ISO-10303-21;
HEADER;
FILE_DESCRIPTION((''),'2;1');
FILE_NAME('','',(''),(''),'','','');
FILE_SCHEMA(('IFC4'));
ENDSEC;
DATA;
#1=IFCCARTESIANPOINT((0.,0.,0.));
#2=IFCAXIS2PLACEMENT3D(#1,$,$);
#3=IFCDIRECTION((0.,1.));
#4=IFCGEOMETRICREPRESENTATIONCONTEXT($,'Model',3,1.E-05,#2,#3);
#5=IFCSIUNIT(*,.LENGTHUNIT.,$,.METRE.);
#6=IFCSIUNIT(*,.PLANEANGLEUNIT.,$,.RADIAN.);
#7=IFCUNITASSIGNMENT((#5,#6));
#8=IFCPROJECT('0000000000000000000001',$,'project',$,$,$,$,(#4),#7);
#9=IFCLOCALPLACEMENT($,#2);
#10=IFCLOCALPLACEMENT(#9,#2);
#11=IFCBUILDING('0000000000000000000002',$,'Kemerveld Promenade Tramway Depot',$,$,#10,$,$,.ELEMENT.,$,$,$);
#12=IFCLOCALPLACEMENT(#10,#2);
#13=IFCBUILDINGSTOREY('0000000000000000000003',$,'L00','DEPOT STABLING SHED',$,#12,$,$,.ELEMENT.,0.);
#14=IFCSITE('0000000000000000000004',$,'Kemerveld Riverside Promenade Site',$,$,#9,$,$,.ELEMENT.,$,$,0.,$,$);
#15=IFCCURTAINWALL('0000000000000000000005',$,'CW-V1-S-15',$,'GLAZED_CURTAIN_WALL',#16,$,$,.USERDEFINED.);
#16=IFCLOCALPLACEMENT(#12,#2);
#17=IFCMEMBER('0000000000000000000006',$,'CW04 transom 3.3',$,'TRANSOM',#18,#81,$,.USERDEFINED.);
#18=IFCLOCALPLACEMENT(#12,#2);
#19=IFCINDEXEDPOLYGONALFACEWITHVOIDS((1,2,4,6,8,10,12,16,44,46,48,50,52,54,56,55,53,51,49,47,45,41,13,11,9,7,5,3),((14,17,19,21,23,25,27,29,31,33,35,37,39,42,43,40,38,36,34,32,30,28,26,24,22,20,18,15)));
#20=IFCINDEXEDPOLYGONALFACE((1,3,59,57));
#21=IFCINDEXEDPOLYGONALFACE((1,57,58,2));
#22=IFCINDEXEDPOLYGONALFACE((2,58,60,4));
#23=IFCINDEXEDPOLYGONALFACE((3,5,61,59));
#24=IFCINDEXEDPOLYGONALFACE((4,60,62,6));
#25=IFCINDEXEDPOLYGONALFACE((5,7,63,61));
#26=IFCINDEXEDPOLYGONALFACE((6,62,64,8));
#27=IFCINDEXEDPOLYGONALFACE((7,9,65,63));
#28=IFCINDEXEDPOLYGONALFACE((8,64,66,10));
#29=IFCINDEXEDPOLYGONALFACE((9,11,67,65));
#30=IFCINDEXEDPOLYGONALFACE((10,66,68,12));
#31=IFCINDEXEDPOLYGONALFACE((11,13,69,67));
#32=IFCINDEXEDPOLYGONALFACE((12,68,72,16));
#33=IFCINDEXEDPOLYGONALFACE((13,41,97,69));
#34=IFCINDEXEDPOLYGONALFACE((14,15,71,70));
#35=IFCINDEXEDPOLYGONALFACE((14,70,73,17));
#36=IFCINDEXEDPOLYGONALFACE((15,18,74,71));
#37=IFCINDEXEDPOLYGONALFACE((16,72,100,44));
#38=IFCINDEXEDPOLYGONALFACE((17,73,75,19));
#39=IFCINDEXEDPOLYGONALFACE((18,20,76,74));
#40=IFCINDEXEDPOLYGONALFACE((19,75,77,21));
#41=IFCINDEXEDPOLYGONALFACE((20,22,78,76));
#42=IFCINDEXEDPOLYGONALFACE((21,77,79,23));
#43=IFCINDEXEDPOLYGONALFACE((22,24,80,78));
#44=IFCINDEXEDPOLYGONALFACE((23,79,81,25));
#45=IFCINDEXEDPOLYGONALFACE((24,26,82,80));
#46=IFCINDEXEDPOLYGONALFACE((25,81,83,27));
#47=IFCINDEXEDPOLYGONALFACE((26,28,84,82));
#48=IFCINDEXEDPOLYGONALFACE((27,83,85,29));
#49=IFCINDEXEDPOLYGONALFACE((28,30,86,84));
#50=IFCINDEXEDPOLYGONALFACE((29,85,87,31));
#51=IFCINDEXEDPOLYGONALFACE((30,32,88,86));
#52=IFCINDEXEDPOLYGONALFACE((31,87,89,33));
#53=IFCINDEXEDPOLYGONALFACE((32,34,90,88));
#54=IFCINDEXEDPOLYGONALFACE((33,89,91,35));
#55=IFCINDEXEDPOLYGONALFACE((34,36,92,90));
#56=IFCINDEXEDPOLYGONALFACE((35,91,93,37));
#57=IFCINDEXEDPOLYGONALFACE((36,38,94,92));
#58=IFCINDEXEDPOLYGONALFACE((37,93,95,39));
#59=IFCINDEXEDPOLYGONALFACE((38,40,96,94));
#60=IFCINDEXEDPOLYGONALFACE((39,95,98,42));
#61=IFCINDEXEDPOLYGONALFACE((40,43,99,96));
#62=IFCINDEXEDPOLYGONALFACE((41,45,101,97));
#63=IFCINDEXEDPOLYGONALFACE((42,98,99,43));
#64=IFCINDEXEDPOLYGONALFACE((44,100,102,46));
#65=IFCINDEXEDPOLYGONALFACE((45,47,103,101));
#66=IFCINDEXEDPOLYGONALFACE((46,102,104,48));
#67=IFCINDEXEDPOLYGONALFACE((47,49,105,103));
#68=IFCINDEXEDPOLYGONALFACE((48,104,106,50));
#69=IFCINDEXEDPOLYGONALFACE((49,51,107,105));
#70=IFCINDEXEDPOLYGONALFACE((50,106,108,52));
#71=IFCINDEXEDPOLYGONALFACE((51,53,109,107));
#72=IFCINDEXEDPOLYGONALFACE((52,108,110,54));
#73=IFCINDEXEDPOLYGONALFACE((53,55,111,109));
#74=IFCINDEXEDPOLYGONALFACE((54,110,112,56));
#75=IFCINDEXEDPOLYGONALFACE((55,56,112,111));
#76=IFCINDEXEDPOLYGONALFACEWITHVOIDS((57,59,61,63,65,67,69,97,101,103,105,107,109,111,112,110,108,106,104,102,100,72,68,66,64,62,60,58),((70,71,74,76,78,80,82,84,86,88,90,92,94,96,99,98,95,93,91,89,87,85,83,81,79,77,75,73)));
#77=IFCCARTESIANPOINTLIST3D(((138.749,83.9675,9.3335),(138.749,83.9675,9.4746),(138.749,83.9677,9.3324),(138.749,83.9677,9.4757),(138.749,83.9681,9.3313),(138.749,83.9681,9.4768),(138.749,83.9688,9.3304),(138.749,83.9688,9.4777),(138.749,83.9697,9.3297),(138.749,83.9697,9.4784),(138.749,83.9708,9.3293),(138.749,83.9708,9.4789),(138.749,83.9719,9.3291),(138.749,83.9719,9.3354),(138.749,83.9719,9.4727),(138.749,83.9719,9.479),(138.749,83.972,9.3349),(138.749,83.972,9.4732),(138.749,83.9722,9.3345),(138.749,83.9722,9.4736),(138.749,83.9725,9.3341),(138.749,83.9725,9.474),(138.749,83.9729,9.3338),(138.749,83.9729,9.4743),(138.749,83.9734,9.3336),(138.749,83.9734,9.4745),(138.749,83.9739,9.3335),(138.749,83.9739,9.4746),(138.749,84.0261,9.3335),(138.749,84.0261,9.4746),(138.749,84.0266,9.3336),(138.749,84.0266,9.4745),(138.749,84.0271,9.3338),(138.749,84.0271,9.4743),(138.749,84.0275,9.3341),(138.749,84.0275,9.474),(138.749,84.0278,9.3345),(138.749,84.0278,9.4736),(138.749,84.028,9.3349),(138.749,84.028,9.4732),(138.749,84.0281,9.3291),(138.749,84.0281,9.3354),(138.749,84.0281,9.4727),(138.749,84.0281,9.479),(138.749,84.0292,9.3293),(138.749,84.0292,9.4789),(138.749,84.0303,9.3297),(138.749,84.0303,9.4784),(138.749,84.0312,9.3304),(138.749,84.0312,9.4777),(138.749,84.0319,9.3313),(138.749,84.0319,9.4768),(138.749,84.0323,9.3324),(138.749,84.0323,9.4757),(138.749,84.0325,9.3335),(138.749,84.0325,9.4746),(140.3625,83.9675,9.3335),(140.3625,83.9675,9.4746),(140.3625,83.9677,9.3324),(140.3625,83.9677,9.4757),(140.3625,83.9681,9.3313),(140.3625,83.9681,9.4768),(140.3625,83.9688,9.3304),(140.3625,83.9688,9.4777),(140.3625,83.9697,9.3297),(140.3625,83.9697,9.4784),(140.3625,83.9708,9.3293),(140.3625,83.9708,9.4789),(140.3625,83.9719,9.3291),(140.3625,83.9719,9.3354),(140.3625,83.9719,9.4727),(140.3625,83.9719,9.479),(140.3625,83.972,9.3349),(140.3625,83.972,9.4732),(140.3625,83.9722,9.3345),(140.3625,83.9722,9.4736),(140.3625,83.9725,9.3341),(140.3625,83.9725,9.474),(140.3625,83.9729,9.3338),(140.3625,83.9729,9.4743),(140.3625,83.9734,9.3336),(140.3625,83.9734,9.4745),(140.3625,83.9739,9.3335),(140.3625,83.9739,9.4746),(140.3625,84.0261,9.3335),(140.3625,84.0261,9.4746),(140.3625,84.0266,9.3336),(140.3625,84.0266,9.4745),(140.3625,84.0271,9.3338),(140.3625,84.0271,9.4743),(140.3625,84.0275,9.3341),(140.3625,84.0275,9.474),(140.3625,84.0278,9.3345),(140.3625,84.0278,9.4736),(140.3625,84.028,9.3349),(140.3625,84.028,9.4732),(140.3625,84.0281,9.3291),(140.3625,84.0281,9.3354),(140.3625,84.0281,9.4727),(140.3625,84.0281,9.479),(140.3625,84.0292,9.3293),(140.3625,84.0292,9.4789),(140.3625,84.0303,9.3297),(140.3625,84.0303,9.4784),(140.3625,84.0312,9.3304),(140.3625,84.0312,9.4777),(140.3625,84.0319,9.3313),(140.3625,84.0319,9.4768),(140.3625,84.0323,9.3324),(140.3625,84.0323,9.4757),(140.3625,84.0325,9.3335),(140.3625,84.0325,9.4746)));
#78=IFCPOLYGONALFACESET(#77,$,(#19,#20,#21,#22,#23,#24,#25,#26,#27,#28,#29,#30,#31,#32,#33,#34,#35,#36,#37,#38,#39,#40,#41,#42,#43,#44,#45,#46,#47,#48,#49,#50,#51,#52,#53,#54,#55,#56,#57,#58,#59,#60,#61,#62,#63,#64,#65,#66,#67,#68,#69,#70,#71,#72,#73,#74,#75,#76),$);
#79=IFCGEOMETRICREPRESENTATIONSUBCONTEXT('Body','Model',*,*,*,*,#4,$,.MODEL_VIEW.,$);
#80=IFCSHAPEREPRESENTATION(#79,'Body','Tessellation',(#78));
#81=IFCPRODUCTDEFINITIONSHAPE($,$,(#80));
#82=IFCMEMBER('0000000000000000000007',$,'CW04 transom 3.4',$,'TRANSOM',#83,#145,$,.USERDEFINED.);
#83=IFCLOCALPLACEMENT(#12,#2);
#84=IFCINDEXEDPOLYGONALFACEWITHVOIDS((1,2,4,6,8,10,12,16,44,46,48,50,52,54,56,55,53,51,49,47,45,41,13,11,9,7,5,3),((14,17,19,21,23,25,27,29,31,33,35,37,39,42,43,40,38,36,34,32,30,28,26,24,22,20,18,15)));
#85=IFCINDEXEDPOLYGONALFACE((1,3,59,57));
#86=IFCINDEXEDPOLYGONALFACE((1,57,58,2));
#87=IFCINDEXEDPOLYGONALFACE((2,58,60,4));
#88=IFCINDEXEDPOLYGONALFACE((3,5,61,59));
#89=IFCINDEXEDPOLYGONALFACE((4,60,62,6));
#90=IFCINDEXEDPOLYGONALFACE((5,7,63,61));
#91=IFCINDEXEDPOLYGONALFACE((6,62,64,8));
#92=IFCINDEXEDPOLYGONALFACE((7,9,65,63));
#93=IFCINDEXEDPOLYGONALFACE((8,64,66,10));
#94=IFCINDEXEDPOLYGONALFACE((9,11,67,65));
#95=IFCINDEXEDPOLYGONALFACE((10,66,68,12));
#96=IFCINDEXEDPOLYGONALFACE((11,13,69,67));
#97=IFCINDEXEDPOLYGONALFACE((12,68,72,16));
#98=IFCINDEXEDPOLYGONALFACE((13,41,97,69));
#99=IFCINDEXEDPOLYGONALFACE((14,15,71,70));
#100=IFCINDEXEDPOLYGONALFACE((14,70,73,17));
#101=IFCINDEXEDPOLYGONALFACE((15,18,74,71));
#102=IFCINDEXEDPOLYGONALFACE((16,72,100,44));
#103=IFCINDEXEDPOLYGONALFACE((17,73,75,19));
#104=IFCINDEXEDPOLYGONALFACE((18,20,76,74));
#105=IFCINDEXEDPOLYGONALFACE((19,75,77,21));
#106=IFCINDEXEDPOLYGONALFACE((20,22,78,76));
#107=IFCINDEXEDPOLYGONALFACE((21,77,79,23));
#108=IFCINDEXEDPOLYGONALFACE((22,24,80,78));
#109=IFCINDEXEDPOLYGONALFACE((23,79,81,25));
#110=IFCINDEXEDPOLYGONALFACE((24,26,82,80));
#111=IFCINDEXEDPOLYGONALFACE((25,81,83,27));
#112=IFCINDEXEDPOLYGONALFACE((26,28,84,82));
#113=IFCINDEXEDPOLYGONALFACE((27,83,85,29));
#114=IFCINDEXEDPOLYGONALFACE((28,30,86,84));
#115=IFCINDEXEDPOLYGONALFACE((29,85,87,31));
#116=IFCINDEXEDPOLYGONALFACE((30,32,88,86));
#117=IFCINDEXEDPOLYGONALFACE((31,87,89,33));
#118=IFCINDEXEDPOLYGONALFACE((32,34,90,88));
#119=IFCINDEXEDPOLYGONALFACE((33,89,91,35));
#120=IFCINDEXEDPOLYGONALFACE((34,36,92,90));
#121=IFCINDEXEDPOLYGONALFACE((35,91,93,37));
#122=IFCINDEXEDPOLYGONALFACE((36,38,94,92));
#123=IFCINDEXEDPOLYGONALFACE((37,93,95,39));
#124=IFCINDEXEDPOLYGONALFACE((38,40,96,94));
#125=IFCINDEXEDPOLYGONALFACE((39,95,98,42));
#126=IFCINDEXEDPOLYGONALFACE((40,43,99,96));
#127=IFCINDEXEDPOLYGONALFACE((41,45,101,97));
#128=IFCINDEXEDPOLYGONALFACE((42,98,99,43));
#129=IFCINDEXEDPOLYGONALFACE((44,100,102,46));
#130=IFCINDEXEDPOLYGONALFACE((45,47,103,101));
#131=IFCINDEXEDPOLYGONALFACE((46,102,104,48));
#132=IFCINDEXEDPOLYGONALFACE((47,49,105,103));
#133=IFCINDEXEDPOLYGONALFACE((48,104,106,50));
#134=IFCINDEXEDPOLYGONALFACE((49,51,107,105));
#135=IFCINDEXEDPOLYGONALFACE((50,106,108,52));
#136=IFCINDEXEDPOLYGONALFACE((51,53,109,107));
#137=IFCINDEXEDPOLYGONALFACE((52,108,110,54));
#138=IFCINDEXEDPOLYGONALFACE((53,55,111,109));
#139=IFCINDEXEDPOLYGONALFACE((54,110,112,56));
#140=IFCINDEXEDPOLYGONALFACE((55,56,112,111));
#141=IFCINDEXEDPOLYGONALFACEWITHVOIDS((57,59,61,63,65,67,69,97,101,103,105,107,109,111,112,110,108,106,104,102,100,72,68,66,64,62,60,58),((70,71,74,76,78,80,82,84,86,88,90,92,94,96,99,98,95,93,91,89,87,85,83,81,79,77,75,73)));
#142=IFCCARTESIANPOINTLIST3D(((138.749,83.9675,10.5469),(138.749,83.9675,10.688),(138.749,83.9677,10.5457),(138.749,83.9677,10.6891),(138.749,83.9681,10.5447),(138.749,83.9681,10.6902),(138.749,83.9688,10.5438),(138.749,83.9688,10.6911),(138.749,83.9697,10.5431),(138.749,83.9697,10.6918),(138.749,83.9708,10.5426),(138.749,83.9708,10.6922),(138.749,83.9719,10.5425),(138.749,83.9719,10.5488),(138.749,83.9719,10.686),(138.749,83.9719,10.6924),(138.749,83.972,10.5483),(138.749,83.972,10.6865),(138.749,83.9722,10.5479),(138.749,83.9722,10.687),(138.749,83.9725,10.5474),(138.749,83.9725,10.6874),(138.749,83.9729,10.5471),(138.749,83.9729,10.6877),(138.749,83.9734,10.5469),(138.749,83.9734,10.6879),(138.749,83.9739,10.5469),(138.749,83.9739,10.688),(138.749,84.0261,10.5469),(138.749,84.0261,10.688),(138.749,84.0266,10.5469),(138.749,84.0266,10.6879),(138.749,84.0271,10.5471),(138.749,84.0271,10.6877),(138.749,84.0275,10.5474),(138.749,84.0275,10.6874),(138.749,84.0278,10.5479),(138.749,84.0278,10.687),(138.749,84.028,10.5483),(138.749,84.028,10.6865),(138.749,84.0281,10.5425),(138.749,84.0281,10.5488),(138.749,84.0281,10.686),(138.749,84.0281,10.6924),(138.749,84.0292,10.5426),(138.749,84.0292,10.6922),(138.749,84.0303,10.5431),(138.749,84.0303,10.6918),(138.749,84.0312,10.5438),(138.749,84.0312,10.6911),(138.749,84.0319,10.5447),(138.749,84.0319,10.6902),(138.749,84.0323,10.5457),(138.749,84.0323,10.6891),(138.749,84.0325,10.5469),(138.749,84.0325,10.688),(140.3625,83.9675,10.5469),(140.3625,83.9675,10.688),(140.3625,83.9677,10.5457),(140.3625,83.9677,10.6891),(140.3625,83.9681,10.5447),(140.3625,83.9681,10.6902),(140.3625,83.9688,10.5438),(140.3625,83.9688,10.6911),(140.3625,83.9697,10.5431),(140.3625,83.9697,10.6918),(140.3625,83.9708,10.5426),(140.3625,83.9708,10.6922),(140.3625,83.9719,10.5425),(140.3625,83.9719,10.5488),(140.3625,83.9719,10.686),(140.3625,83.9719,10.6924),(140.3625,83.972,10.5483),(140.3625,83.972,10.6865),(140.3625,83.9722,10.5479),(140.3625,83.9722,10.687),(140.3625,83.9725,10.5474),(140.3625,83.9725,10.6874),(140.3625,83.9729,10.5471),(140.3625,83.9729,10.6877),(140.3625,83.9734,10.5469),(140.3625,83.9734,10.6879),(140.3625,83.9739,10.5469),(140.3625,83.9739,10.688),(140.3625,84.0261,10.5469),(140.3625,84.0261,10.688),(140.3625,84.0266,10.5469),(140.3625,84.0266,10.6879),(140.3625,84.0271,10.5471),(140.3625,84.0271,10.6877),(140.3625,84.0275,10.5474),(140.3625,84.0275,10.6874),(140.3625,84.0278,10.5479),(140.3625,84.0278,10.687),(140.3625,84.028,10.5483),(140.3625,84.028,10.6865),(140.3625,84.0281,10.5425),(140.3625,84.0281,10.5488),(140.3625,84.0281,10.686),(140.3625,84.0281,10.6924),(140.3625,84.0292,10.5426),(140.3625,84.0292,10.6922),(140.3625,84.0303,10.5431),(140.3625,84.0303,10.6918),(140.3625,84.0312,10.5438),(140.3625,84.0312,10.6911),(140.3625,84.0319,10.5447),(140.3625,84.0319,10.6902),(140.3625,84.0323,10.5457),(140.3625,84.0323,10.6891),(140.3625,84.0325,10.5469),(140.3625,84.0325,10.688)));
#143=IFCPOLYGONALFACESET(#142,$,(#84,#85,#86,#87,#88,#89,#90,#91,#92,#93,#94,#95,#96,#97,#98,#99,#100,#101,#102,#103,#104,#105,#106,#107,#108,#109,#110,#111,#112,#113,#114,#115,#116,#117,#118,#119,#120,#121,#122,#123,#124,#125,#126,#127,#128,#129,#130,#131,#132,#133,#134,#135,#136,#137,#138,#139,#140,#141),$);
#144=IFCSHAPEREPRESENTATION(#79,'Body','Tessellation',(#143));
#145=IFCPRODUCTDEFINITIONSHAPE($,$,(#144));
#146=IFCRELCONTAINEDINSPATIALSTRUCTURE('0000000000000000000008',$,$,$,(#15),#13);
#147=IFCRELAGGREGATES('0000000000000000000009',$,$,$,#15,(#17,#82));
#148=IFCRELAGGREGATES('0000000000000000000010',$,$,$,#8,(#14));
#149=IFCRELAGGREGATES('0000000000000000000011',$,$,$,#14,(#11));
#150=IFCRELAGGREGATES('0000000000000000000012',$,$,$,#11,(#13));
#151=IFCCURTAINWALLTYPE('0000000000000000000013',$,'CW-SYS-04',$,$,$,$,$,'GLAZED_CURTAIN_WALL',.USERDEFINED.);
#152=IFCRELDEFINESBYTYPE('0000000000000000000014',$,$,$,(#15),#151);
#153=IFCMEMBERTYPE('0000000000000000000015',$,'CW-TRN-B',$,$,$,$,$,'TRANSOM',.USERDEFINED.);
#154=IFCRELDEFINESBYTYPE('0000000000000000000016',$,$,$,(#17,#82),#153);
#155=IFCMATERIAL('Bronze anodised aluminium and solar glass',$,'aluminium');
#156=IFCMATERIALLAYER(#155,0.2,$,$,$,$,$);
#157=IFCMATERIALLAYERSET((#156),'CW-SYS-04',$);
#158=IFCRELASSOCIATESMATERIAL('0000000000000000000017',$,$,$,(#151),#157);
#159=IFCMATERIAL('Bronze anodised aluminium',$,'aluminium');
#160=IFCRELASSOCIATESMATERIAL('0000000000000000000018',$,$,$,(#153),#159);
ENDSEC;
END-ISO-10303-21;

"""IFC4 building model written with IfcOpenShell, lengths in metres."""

from ifc_helpers import new_model, si_unit, direction, frame, origin, origin_2d, place, context, subcontext, project, spatial, hollow_rectangle, extrude, material, layer, layer_set, material_profile, profile_set, type_object, element, aggregate, save


model = new_model("IFC4")

# Units and contexts
model_context = context("Model", 3, precision=1e-05, world=origin(), true_north=direction((0.0, 1.0)))
body_context = subcontext(model_context, "Body", "Model", "MODEL_VIEW")
ifc_project = project(units=[si_unit("LENGTHUNIT", "METRE"), si_unit("PLANEANGLEUNIT", "RADIAN")], contexts=[model_context])

# Site, building, storey
site_placement = place(None, origin())
site = spatial("IfcSite", under=ifc_project, at=site_placement, Name="Kemerveld Riverside Promenade Site", CompositionType="ELEMENT", RefElevation=0.0)
building_placement = place(site_placement, origin())
building = spatial("IfcBuilding", under=site, at=building_placement, Name="Kemerveld Promenade Tramway Depot", CompositionType="ELEMENT")
storey_placement = place(building_placement, origin())
storey = spatial("IfcBuildingStorey", under=building, at=storey_placement, Name="L00", Description="DEPOT STABLING SHED", CompositionType="ELEMENT", Elevation=0.0)

# Curtain wall, members
ifc_material_1 = material(Name="Bronze anodised aluminium and solar glass", Category="aluminium")
ifc_material_2 = material(Name="Bronze anodised aluminium", Category="aluminium")
ifc_layer_1 = layer(ifc_material_1, 0.2)
ifc_layer_set_1 = layer_set([ifc_layer_1], Name="CW-SYS-04")
curtain_wall_type_1 = type_object("IfcCurtainWallType", Name="CW-SYS-04", ElementType="GLAZED_CURTAIN_WALL", PredefinedType="USERDEFINED", material=ifc_layer_set_1)
curtain_wall_1_placement = place(storey_placement, origin())
curtain_wall_1 = element("IfcCurtainWall", 1, at=curtain_wall_1_placement, inside=storey, type_object=curtain_wall_type_1, Name="CW-V1-S-15", ObjectType="GLAZED_CURTAIN_WALL", PredefinedType="USERDEFINED")
ifc_material_profile_1 = material_profile(ifc_material_2, hollow_rectangle(XDim=0.0649, YDim=0.1499, WallThickness=0.0044, InnerFilletRadius=0.002, OuterFilletRadius=0.0044, at=origin_2d()), Name="CW-TRN-150x65")
ifc_profile_set_1 = profile_set([ifc_material_profile_1], Name="Bronze anodised aluminium")
member_type_1 = type_object("IfcMemberType", Name="CW-TRN-B", ElementType="TRANSOM", PredefinedType="USERDEFINED", material=ifc_profile_set_1)
member_1_placement = place(storey_placement, frame((140.3625, 84.0, 9.4041), z_axis=(-1.0, 0.0, 0.0), x_axis=(0.0, -1.0, 0.0)))
member_1 = element("IfcMember", 2, at=member_1_placement, type_object=member_type_1, Name="CW04 transom 3.3", ObjectType="TRANSOM", PredefinedType="USERDEFINED", context=body_context, shape_type="SweptSolid", body=[
    extrude(hollow_rectangle(XDim=0.0649, YDim=0.1499, WallThickness=0.0044, InnerFilletRadius=0.002, OuterFilletRadius=0.0044, at=origin_2d()), origin(), (0.0, 0.0, 1.0), 1.6135),
])
member_2_placement = place(storey_placement, frame((140.3625, 84.0, 10.6174), z_axis=(-1.0, 0.0, 0.0), x_axis=(0.0, -1.0, 0.0)))
member_2 = element("IfcMember", 3, at=member_2_placement, type_object=member_type_1, Name="CW04 transom 3.4", ObjectType="TRANSOM", PredefinedType="USERDEFINED", context=body_context, shape_type="SweptSolid", body=[
    extrude(hollow_rectangle(XDim=0.0649, YDim=0.1499, WallThickness=0.0044, InnerFilletRadius=0.002, OuterFilletRadius=0.0044, at=origin_2d()), origin(), (0.0, 0.0, 1.0), 1.6135),
])

aggregate(curtain_wall_1, [member_1, member_2])

save(model, "model.ifc")
